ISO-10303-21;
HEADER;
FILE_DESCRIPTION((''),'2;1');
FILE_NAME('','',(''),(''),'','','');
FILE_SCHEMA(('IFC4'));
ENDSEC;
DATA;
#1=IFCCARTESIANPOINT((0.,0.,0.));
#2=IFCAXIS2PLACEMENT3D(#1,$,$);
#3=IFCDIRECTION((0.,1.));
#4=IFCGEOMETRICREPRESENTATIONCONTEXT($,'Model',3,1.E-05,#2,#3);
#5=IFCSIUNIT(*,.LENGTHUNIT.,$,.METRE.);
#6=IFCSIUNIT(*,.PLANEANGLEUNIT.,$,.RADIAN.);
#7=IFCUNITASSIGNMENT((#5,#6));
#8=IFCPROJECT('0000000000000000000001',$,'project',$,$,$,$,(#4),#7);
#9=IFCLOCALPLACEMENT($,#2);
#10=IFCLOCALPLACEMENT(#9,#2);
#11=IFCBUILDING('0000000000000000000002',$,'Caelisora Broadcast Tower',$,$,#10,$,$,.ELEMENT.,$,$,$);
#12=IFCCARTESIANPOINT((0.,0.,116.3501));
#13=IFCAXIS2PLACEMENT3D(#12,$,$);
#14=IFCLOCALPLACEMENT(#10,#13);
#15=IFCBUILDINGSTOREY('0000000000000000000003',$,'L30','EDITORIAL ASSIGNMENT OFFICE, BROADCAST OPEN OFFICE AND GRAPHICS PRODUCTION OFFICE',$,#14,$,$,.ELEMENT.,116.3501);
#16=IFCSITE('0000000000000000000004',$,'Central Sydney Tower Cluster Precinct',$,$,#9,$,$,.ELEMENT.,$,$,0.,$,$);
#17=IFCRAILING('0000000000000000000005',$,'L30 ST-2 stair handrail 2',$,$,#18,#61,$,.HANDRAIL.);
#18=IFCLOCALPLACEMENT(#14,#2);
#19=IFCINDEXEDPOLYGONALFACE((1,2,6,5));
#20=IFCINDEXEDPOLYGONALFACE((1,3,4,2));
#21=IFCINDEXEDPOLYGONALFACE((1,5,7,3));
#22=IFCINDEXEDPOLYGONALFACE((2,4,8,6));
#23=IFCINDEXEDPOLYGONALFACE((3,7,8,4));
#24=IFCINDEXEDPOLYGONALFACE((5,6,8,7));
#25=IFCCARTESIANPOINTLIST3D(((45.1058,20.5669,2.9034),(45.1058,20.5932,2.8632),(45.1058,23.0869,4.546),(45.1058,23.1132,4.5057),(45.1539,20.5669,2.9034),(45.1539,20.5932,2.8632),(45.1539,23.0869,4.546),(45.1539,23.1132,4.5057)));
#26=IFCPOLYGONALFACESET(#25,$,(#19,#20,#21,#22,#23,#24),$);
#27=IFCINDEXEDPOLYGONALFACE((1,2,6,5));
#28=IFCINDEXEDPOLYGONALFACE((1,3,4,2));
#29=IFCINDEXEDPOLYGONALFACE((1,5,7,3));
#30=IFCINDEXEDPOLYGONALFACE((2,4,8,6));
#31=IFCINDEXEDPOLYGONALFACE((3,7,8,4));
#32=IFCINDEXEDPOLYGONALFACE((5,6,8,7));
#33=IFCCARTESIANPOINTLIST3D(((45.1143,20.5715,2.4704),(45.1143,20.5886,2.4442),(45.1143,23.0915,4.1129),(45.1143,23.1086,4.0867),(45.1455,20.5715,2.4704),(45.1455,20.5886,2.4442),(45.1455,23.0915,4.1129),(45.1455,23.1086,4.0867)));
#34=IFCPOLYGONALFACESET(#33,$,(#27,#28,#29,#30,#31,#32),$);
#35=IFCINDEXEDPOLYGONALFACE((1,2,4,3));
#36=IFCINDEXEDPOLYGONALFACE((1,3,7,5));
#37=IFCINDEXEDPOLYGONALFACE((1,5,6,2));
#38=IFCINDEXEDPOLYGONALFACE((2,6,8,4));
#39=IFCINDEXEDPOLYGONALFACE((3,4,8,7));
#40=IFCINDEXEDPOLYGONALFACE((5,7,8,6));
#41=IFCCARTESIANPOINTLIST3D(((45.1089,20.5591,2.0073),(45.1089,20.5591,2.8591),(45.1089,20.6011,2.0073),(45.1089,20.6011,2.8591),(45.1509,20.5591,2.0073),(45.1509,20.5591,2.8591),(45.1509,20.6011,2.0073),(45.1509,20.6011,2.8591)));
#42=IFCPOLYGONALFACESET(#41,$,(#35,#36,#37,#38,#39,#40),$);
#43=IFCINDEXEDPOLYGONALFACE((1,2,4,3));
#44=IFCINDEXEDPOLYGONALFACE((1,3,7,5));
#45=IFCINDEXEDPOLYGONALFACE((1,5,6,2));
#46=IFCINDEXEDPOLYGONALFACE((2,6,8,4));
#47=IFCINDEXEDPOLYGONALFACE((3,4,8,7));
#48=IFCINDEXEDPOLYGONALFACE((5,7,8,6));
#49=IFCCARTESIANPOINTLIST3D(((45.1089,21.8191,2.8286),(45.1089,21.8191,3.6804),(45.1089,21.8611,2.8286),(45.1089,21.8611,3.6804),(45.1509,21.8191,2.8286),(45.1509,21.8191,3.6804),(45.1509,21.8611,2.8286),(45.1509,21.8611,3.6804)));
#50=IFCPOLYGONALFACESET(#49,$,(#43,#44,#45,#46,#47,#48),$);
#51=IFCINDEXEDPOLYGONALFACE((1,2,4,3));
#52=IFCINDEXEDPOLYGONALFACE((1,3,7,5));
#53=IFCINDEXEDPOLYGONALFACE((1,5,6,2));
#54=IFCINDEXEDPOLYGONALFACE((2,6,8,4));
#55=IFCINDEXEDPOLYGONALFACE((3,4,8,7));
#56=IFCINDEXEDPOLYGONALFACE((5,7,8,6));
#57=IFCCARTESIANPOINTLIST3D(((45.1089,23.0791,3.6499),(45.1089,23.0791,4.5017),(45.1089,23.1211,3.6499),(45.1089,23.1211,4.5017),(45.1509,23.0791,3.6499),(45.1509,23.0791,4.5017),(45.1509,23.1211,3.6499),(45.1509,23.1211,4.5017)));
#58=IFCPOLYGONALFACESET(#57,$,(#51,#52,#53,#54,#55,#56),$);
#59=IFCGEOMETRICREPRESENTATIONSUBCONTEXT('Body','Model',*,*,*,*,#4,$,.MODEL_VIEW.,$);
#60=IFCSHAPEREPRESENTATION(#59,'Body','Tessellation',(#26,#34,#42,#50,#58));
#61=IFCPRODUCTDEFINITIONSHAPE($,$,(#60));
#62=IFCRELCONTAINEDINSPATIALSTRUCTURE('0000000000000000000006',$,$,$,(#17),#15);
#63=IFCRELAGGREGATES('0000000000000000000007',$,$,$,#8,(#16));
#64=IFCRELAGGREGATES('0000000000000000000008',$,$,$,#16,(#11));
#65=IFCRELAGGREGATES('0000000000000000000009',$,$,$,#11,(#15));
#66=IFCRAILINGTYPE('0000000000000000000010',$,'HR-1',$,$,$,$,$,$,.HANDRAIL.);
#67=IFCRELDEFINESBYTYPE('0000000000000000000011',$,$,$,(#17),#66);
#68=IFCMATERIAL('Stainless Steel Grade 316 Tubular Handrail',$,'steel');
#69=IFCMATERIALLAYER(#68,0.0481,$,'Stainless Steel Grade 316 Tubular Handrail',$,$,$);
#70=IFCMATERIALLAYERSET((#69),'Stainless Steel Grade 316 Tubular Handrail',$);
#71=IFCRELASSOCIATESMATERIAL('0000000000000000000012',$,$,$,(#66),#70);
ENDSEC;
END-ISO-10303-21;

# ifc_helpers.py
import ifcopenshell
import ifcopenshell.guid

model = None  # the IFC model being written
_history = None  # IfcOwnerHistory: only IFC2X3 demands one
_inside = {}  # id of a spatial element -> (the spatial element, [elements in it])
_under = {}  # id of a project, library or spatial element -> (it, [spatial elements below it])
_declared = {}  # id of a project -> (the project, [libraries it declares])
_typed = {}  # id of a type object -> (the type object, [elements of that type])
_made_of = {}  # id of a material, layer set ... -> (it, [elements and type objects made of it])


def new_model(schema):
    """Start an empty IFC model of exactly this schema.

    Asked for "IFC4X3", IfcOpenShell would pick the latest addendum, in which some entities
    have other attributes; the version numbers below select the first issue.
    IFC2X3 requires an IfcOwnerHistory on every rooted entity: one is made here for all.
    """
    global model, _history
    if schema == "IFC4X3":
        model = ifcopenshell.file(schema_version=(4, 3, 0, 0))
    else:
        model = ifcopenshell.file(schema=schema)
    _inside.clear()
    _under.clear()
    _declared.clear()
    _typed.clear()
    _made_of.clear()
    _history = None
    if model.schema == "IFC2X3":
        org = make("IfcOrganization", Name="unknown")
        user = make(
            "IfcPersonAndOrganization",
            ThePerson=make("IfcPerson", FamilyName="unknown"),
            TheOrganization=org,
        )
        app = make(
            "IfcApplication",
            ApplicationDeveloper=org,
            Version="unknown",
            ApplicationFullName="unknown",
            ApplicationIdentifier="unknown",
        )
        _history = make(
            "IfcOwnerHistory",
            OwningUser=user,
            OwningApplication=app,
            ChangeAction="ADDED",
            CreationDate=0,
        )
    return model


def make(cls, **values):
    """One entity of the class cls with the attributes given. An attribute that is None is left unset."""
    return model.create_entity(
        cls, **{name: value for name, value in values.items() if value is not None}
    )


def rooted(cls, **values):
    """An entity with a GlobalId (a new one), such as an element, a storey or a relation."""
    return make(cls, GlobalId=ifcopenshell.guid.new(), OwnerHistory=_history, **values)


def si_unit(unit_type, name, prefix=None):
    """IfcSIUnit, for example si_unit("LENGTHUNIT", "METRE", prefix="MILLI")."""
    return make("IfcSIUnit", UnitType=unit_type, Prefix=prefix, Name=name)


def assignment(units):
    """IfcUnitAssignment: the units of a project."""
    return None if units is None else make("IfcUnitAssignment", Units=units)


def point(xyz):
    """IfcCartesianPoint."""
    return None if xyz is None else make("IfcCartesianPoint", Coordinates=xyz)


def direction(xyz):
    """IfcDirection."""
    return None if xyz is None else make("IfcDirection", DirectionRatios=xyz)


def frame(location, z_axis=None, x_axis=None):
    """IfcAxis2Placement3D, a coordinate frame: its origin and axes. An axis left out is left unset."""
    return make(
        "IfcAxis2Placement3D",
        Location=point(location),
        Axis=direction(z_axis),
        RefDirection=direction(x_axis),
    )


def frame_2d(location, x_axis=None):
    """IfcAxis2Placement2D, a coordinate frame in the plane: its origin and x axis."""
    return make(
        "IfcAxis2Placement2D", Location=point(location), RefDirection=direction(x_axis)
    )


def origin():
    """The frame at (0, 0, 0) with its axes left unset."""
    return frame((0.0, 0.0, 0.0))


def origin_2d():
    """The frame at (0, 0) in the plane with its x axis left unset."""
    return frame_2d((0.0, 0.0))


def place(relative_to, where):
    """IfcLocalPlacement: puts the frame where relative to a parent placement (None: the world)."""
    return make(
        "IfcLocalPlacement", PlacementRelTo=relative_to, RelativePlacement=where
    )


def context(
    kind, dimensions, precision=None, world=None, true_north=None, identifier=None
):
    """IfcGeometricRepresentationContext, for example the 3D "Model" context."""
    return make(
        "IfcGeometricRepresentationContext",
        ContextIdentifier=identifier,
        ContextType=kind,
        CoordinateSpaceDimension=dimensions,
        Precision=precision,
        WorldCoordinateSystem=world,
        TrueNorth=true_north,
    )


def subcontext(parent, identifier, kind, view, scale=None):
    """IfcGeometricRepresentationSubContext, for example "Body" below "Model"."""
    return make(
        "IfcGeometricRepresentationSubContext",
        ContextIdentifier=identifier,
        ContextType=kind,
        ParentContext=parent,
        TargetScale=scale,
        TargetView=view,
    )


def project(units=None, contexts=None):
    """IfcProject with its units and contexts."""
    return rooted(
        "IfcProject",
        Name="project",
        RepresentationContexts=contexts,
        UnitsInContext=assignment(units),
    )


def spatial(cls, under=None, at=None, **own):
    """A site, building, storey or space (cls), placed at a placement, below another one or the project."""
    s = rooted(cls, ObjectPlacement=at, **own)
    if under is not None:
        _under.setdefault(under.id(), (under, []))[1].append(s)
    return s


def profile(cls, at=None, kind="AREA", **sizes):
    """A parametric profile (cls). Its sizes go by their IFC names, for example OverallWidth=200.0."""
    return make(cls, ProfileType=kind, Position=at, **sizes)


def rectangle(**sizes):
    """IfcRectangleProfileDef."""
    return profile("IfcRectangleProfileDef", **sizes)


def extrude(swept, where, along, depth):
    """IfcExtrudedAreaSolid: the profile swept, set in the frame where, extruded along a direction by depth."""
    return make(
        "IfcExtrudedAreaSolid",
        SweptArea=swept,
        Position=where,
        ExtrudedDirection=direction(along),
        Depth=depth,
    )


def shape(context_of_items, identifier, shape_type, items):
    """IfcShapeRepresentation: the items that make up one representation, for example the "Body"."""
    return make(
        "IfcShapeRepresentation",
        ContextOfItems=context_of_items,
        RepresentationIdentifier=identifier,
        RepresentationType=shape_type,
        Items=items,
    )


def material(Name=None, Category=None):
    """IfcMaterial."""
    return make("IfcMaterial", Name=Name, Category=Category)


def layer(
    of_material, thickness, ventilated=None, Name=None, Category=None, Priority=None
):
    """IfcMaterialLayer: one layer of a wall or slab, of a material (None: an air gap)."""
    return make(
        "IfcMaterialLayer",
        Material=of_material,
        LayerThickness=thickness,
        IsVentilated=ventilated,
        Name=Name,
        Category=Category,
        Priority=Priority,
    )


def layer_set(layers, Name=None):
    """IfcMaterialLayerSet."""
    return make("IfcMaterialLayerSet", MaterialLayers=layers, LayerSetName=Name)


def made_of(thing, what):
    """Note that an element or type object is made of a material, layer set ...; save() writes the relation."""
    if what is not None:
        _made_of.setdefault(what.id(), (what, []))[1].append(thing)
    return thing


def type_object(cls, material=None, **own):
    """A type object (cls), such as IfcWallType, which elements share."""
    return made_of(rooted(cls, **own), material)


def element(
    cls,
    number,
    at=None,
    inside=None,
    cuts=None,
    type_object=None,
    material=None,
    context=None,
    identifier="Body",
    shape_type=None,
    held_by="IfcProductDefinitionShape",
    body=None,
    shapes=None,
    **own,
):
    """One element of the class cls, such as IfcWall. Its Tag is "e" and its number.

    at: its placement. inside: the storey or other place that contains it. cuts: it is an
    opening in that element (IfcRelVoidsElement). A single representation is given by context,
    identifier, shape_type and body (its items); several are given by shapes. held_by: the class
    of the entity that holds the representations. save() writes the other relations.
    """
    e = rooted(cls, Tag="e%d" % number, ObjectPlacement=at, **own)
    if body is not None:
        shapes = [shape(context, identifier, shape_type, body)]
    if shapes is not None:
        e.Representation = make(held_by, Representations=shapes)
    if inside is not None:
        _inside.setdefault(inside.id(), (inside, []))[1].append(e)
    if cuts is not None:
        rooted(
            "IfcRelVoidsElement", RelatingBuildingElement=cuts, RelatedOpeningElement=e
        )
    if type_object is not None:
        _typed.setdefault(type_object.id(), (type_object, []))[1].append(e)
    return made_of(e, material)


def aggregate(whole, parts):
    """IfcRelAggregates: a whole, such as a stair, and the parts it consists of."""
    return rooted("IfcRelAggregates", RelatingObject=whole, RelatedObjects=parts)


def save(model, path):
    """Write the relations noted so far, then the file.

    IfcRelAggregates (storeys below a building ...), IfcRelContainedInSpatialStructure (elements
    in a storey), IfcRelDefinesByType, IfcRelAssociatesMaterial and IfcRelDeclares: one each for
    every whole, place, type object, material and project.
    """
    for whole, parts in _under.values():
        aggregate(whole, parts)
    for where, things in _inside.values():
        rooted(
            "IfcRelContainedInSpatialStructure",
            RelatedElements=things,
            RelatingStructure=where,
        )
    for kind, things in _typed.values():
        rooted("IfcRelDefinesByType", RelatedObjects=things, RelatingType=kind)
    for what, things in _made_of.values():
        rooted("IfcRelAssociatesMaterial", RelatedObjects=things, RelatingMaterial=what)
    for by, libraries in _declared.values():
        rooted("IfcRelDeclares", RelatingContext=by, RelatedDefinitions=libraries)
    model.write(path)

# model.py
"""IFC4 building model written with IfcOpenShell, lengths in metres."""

from ifc_helpers import new_model, si_unit, direction, frame, origin, origin_2d, place, context, subcontext, project, spatial, rectangle, extrude, material, layer, layer_set, type_object, element, save


model = new_model("IFC4")

# Units and contexts
model_context = context("Model", 3, precision=1e-05, world=origin(), true_north=direction((0.0, 1.0)))
body_context = subcontext(model_context, "Body", "Model", "MODEL_VIEW")
ifc_project = project(units=[si_unit("LENGTHUNIT", "METRE"), si_unit("PLANEANGLEUNIT", "RADIAN")], contexts=[model_context])

# Site, building, storey
site_placement = place(None, origin())
site = spatial("IfcSite", under=ifc_project, at=site_placement, Name="Central Sydney Tower Cluster Precinct", CompositionType="ELEMENT", RefElevation=0.0)
building_placement = place(site_placement, origin())
building = spatial("IfcBuilding", under=site, at=building_placement, Name="Caelisora Broadcast Tower", CompositionType="ELEMENT")
storey_placement = place(building_placement, frame((0.0, 0.0, 116.3501)))
storey = spatial("IfcBuildingStorey", under=building, at=storey_placement, Name="L30", Description="EDITORIAL ASSIGNMENT OFFICE, BROADCAST OPEN OFFICE AND GRAPHICS PRODUCTION OFFICE", CompositionType="ELEMENT", Elevation=116.3501)

# Railing
ifc_material_1 = material(Name="Stainless Steel Grade 316 Tubular Handrail", Category="steel")
ifc_layer_1 = layer(ifc_material_1, 0.0481, Name="Stainless Steel Grade 316 Tubular Handrail")
ifc_layer_set_1 = layer_set([ifc_layer_1], Name="Stainless Steel Grade 316 Tubular Handrail")
railing_type_1 = type_object("IfcRailingType", Name="HR-1", PredefinedType="HANDRAIL", material=ifc_layer_set_1)
railing_1_placement = place(storey_placement, frame((45.1299, 20.5801, 2.0073)))
element("IfcRailing", 1, at=railing_1_placement, inside=storey, type_object=railing_type_1, Name="L30 ST-2 stair handrail 2", PredefinedType="HANDRAIL", context=body_context, shape_type="SweptSolid", body=[
    extrude(rectangle(XDim=0.0481, YDim=0.0481, at=origin_2d()), frame((0.0, 0.0, 0.876), z_axis=(0.0, 0.837749, 0.546055), x_axis=(-1.0, 0.0, 0.0)), (0.0, 0.0, 1.0), 3.0081),
    extrude(rectangle(XDim=0.0312, YDim=0.0312, at=origin_2d()), frame((0.0, 0.0, 0.45), z_axis=(0.0, 0.837749, 0.546055), x_axis=(-1.0, 0.0, 0.0)), (0.0, 0.0, 1.0), 3.0081),
    extrude(rectangle(XDim=0.042, YDim=0.042, at=origin_2d()), origin(), (0.0, 0.0, 1.0), 0.8518),
    extrude(rectangle(XDim=0.042, YDim=0.042, at=origin_2d()), frame((0.0, 1.26, 0.8213)), (0.0, 0.0, 1.0), 0.8518),
    extrude(rectangle(XDim=0.042, YDim=0.042, at=origin_2d()), frame((0.0, 2.52, 1.6426)), (0.0, 0.0, 1.0), 0.8518),
])

save(model, "model.ifc")
